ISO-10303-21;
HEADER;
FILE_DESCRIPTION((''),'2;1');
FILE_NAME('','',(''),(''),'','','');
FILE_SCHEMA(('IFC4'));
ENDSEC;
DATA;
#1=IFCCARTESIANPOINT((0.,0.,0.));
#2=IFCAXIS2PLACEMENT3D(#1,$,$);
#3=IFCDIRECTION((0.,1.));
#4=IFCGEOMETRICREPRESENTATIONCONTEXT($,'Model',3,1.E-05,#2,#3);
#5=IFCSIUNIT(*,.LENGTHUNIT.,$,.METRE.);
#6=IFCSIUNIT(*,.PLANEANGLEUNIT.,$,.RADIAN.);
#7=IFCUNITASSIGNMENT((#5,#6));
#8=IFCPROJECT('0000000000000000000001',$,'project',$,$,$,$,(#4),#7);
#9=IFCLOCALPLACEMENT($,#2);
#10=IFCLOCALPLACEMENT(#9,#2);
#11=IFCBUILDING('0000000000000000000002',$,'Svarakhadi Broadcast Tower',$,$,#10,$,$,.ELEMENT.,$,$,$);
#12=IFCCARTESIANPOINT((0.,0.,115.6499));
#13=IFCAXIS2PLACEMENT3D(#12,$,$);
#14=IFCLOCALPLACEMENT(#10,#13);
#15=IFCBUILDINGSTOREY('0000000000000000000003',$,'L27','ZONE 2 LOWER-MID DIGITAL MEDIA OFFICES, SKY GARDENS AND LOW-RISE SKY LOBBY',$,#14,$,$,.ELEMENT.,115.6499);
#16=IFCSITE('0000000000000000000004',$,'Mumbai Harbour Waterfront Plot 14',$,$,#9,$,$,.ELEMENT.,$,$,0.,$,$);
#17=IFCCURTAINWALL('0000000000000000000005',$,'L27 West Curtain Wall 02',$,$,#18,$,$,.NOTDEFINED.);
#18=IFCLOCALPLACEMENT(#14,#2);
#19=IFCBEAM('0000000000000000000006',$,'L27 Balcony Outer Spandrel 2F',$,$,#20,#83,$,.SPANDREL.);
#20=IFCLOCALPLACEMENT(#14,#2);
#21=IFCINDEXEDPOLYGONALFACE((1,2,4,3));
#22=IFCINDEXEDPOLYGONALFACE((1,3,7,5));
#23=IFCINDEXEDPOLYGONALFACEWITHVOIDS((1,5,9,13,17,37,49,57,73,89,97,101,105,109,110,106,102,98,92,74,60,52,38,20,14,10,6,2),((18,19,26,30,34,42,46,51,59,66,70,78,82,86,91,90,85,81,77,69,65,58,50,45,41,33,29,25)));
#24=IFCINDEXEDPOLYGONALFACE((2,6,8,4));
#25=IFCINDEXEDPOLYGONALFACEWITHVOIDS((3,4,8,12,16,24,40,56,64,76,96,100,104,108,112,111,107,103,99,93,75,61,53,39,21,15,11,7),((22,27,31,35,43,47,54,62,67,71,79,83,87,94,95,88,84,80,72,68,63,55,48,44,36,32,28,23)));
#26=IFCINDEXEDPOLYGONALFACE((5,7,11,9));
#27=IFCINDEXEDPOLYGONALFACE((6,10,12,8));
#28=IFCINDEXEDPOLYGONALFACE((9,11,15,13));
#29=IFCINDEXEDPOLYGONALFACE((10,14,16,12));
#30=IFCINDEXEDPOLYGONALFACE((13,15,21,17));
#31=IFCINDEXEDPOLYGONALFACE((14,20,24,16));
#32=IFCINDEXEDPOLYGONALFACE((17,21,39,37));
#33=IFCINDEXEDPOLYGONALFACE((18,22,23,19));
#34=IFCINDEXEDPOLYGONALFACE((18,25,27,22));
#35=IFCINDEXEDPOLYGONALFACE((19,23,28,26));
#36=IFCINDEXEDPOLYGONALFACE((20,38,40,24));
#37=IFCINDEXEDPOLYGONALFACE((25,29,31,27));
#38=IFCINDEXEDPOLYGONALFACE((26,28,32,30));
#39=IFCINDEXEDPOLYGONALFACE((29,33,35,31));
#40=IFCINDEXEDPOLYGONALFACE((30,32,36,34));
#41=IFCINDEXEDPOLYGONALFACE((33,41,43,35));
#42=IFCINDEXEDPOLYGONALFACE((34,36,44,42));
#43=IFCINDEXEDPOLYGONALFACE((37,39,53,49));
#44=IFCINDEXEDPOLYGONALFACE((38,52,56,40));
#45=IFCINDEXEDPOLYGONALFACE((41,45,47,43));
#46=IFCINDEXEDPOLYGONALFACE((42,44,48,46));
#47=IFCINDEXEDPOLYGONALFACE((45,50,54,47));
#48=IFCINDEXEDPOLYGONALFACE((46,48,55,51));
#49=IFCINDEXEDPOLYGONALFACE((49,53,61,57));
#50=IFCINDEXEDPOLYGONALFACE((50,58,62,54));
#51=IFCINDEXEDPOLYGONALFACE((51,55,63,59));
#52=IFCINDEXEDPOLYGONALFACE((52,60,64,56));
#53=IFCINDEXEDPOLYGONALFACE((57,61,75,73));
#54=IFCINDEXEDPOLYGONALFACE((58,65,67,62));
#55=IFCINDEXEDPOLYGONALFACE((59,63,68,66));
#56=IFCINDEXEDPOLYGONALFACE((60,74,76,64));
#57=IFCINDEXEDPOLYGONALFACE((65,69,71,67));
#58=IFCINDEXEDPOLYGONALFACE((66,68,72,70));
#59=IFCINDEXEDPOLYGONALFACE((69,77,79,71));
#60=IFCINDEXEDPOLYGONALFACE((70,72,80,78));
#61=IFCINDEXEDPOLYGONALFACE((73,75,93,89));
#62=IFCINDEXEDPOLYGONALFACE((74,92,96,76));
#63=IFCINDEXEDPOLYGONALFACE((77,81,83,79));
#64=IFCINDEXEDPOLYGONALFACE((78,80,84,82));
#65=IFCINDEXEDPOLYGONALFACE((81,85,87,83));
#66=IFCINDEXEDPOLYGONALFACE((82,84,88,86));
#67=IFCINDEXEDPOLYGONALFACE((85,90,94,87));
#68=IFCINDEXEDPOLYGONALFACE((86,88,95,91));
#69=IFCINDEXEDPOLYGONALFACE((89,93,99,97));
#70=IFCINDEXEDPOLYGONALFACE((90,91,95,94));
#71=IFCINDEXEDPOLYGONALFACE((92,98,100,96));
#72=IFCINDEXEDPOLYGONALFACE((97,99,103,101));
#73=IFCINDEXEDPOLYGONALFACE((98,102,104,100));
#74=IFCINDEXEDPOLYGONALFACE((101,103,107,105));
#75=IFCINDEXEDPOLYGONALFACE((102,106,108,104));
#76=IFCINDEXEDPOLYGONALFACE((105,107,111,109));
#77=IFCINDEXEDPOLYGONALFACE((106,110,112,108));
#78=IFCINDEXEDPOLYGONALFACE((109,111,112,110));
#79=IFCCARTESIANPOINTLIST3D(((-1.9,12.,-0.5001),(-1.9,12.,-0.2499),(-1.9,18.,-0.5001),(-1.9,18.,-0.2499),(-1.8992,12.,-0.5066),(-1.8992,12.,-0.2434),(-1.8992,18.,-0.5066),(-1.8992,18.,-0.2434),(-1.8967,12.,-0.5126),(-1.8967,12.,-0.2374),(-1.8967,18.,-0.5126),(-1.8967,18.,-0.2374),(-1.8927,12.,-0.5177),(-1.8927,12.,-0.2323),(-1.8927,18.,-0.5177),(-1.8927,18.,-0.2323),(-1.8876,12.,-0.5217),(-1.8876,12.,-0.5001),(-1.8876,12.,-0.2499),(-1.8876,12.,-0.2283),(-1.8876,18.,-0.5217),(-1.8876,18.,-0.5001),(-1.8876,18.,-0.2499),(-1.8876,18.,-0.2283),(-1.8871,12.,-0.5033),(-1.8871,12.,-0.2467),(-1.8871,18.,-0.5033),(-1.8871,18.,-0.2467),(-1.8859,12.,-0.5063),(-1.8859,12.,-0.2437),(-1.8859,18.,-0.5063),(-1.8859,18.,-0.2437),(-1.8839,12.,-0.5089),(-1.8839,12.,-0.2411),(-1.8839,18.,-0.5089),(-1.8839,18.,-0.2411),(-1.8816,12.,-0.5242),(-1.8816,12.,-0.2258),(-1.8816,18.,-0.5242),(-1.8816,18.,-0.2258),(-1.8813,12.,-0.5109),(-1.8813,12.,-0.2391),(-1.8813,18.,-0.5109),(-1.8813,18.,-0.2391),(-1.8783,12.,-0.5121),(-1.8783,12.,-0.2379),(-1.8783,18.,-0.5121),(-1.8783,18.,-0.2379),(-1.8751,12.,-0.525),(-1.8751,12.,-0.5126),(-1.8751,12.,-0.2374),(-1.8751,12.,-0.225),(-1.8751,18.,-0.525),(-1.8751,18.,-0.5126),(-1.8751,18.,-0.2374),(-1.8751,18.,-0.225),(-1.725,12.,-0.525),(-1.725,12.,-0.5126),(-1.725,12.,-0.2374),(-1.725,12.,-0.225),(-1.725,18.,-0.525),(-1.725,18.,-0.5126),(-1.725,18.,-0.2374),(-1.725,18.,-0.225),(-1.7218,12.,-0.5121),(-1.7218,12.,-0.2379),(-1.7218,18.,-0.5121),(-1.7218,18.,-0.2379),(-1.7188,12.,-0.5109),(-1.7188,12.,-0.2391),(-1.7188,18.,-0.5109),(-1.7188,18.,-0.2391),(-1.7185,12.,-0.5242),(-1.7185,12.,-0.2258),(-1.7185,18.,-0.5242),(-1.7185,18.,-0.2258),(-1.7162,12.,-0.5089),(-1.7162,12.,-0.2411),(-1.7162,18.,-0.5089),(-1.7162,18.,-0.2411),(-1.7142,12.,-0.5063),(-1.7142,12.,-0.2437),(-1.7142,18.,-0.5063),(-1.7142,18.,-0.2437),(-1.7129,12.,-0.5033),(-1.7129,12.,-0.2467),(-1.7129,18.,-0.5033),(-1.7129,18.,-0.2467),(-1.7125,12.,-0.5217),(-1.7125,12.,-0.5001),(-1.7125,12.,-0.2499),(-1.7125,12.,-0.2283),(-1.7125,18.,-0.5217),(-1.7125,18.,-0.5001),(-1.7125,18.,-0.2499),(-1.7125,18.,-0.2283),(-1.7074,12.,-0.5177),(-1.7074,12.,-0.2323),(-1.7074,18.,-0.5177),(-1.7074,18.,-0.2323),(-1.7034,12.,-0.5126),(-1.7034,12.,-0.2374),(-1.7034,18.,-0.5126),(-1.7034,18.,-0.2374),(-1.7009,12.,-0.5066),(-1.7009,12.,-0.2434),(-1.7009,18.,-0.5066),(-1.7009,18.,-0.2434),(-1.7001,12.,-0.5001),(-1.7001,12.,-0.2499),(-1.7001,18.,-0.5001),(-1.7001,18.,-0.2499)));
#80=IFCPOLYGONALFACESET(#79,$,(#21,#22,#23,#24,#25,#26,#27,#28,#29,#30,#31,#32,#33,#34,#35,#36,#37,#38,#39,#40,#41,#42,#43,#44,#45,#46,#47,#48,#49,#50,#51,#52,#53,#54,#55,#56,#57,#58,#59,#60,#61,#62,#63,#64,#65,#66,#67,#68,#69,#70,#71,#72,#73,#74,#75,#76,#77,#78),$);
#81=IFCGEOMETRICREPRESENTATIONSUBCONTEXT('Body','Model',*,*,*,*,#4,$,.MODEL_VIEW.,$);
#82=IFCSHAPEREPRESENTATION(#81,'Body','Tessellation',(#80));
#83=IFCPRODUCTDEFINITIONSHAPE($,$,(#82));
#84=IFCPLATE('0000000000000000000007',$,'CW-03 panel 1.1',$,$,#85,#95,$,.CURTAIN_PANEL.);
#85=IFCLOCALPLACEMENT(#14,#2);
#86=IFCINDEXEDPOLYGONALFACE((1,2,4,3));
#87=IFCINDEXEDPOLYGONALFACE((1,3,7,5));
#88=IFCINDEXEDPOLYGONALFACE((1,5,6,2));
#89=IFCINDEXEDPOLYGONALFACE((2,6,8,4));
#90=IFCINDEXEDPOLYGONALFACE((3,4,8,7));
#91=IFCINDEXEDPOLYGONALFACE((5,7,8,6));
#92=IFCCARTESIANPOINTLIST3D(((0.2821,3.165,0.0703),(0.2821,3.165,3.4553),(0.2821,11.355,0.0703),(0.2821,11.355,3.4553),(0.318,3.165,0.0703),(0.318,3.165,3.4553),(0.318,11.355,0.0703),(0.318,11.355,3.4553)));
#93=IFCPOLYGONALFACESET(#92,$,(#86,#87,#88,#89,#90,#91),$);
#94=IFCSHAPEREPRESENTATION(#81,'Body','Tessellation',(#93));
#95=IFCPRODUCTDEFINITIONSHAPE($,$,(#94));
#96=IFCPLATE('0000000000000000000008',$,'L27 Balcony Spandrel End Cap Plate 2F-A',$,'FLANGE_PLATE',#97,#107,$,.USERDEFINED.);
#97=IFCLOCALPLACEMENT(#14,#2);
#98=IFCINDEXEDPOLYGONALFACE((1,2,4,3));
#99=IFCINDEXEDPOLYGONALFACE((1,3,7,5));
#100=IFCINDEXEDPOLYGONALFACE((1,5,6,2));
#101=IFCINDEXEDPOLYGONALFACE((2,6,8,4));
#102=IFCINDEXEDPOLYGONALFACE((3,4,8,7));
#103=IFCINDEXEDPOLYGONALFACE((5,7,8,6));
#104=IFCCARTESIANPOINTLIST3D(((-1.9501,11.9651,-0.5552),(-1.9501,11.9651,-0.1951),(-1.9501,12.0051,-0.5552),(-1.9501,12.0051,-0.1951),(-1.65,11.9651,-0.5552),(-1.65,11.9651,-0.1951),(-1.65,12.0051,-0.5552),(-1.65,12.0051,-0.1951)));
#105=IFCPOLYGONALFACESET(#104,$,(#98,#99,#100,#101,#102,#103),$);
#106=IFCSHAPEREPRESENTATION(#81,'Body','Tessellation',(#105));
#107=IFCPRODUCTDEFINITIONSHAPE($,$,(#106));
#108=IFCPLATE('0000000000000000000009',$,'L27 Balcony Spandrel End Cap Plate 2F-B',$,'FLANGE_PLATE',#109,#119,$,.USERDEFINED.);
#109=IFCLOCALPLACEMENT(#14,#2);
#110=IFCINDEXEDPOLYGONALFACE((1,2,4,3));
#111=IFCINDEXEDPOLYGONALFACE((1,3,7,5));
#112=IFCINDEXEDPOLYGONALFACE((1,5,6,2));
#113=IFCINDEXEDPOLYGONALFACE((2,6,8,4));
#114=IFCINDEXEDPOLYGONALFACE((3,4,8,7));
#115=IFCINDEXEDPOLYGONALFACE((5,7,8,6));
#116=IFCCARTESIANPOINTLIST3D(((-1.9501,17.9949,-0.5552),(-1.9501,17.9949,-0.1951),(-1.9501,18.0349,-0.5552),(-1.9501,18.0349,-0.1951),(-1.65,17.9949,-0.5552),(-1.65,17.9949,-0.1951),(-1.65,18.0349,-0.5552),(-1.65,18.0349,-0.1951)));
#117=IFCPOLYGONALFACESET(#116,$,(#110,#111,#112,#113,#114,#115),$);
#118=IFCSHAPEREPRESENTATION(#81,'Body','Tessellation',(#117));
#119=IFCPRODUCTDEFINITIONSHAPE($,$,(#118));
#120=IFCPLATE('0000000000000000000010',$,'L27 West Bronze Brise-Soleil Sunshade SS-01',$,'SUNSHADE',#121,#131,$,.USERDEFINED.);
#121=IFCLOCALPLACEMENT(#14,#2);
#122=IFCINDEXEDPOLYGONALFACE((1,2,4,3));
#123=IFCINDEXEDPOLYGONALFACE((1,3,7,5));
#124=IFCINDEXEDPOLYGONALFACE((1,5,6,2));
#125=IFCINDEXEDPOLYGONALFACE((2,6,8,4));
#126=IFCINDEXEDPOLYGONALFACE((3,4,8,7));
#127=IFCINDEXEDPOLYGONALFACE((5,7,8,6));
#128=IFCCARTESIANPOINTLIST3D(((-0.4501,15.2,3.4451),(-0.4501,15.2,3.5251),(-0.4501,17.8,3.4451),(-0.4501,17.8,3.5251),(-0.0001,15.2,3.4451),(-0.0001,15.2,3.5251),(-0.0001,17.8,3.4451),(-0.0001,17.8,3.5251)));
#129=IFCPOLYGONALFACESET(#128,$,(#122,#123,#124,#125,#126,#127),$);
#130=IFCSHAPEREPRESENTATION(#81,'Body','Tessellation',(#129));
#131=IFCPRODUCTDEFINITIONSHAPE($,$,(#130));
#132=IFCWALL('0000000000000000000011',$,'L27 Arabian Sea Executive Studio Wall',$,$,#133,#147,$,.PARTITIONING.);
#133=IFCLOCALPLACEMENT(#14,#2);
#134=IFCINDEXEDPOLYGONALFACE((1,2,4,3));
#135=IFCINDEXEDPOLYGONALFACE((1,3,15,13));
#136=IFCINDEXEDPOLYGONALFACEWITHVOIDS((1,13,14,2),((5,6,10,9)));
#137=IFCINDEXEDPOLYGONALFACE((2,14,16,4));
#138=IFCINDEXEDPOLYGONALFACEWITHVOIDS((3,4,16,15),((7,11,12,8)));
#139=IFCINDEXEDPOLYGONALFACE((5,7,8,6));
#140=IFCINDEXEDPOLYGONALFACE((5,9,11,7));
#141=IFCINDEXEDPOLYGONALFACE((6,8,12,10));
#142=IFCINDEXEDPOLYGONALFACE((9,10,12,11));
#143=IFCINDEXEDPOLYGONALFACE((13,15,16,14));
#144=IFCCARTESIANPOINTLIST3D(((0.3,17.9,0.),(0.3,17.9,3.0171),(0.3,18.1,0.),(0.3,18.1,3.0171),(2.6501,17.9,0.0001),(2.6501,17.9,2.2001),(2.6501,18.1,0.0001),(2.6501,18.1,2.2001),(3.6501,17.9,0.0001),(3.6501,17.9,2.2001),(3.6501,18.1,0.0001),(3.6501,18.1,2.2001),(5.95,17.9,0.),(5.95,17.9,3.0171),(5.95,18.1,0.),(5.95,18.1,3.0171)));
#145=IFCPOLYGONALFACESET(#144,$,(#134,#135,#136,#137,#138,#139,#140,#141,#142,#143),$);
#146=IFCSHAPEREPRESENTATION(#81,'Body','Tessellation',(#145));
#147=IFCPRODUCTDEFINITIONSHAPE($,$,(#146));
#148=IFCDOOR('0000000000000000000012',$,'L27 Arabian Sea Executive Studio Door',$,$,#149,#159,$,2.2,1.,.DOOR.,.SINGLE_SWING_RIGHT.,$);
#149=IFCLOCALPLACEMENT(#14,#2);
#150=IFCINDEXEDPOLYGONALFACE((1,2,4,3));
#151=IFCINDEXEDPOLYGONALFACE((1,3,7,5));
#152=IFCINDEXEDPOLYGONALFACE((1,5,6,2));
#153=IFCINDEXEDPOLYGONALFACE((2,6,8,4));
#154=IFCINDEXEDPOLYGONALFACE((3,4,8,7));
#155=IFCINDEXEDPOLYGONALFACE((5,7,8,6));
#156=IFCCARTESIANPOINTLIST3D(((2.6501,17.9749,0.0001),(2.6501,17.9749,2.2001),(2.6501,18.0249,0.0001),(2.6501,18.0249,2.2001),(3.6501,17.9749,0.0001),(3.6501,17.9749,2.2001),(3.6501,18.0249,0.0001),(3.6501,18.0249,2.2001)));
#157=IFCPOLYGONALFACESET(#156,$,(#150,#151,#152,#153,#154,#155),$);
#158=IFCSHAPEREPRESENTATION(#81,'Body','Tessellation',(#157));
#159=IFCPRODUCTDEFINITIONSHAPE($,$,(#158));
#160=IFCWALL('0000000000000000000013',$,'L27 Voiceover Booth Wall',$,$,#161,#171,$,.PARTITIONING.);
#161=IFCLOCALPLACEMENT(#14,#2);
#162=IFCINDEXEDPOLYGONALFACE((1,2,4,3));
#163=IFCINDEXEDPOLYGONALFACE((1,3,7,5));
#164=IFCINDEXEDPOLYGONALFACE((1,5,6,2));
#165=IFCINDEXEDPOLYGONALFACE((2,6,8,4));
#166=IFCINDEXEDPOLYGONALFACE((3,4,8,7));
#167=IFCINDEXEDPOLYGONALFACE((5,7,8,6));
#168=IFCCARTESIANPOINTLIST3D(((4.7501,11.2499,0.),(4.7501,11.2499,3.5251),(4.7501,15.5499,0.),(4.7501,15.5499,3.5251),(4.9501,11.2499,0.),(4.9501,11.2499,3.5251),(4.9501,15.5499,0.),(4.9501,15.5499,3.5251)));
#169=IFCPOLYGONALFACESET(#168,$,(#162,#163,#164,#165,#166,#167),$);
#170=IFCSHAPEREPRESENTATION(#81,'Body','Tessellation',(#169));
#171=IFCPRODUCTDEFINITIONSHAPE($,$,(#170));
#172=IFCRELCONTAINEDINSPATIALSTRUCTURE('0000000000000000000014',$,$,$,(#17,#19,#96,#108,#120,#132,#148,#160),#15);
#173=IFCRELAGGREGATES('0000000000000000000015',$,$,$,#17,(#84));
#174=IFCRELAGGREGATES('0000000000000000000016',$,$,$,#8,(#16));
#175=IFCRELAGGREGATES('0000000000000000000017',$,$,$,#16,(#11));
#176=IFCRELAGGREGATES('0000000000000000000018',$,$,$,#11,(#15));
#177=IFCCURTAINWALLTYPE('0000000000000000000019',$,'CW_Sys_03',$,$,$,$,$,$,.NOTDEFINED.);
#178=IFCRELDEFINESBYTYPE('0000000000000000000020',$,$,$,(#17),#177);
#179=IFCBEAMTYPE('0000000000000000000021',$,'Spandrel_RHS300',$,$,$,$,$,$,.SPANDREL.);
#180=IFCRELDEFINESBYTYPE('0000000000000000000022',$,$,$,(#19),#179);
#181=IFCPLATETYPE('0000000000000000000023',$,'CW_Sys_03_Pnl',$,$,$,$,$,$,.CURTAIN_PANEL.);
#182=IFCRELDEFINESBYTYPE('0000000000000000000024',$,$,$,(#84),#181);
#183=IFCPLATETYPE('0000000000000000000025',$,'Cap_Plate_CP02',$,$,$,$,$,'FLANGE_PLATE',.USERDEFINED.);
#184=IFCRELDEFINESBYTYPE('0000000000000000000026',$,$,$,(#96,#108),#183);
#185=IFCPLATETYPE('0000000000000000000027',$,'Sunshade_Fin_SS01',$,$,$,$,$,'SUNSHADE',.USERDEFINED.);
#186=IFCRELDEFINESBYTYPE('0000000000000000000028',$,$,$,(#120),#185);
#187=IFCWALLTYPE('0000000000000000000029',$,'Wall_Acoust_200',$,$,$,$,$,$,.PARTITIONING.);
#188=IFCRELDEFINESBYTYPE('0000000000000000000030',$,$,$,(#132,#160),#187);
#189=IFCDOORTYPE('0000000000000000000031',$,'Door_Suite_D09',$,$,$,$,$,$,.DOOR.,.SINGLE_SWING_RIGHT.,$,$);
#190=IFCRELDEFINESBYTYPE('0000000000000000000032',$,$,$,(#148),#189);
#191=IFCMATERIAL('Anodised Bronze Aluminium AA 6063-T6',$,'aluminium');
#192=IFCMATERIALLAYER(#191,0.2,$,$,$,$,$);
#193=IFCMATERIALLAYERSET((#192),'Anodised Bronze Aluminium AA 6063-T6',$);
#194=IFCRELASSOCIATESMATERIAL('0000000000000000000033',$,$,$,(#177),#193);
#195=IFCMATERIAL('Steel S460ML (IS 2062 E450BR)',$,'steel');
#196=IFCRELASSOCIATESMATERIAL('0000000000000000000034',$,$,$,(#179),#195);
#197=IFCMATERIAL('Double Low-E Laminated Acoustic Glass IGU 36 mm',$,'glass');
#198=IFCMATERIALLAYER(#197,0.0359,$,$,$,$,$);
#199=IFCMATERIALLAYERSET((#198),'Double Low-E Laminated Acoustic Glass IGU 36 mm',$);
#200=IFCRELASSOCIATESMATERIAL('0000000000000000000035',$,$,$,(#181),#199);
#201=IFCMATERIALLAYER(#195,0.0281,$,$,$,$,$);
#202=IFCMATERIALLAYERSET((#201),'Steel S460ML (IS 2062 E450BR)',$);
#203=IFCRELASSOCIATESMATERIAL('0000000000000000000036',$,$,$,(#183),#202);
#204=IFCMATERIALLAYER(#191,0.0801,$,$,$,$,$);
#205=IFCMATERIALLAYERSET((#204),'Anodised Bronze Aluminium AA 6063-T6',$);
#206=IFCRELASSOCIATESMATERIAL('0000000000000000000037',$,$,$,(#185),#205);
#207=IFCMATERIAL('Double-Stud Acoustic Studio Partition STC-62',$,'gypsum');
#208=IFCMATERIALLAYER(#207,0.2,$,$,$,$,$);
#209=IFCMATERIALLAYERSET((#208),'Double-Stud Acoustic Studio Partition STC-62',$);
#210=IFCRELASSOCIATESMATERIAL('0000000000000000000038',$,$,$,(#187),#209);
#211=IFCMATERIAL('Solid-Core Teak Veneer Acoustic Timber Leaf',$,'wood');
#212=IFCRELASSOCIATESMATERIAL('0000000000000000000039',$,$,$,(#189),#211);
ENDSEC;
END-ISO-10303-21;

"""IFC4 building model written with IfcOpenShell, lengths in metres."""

from ifc_helpers import new_model, si_unit, direction, frame, frame_2d, origin, origin_2d, place, context, subcontext, project, spatial, rectangle, hollow_rectangle, extrude, material, layer, layer_set, material_profile, profile_set, type_object, element, fill, aggregate, save


model = new_model("IFC4")

# Units and contexts
model_context = context("Model", 3, precision=1e-05, world=origin(), true_north=direction((0.0, 1.0)))
body_context = subcontext(model_context, "Body", "Model", "MODEL_VIEW")
ifc_project = project(units=[si_unit("LENGTHUNIT", "METRE"), si_unit("PLANEANGLEUNIT", "RADIAN")], contexts=[model_context])

# Site, building, storey
site_placement = place(None, origin())
site = spatial("IfcSite", under=ifc_project, at=site_placement, Name="Mumbai Harbour Waterfront Plot 14", CompositionType="ELEMENT", RefElevation=0.0)
building_placement = place(site_placement, origin())
building = spatial("IfcBuilding", under=site, at=building_placement, Name="Svarakhadi Broadcast Tower", CompositionType="ELEMENT")
storey_placement = place(building_placement, frame((0.0, 0.0, 115.6499)))
storey = spatial("IfcBuildingStorey", under=building, at=storey_placement, Name="L27", Description="ZONE 2 LOWER-MID DIGITAL MEDIA OFFICES, SKY GARDENS AND LOW-RISE SKY LOBBY", CompositionType="ELEMENT", Elevation=115.6499)

# Shared definitions
ifc_material_1 = material(Name="Steel S460ML (IS 2062 E450BR)", Category="steel")

# Curtain wall
ifc_material_2 = material(Name="Anodised Bronze Aluminium AA 6063-T6", Category="aluminium")
ifc_layer_1 = layer(ifc_material_2, 0.2)
ifc_layer_set_1 = layer_set([ifc_layer_1], Name="Anodised Bronze Aluminium AA 6063-T6")
curtain_wall_type = type_object("IfcCurtainWallType", Name="CW_Sys_03", PredefinedType="NOTDEFINED", material=ifc_layer_set_1)
curtain_wall_1_placement = place(storey_placement, origin())
curtain_wall_1 = element("IfcCurtainWall", 1, at=curtain_wall_1_placement, inside=storey, type_object=curtain_wall_type, Name="L27 West Curtain Wall 02", PredefinedType="NOTDEFINED")

# Beam
ifc_material_profile_1 = material_profile(ifc_material_1, hollow_rectangle(XDim=0.2, YDim=0.3, WallThickness=0.0125, InnerFilletRadius=0.0125, OuterFilletRadius=0.0249, at=origin_2d()), Name="RHS 300x200x12.5")
ifc_profile_set_1 = profile_set([ifc_material_profile_1], Name="Steel S460ML (IS 2062 E450BR)")
beam_type_1 = type_object("IfcBeamType", Name="Spandrel_RHS300", PredefinedType="SPANDREL", material=ifc_profile_set_1)
beam_1_placement = place(storey_placement, frame((-1.8, 12.0, -0.375), z_axis=(0.0, 1.0, 0.0), x_axis=(-1.0, 0.0, 0.0)))
element("IfcBeam", 2, at=beam_1_placement, inside=storey, type_object=beam_type_1, Name="L27 Balcony Outer Spandrel 2F", PredefinedType="SPANDREL", context=body_context, shape_type="SweptSolid", body=[
    extrude(hollow_rectangle(XDim=0.2, YDim=0.3, WallThickness=0.0125, InnerFilletRadius=0.0125, OuterFilletRadius=0.0249, at=origin_2d()), origin(), (0.0, 0.0, 1.0), 6.0),
])

# Plate
ifc_material_3 = material(Name="Double Low-E Laminated Acoustic Glass IGU 36 mm", Category="glass")
ifc_layer_2 = layer(ifc_material_3, 0.0359)
ifc_layer_set_2 = layer_set([ifc_layer_2], Name="Double Low-E Laminated Acoustic Glass IGU 36 mm")
plate_type_1 = type_object("IfcPlateType", Name="CW_Sys_03_Pnl", PredefinedType="CURTAIN_PANEL", material=ifc_layer_set_2)
plate_1_placement = place(storey_placement, frame((0.3, 7.26, 0.0703), z_axis=(0.0, 0.0, 1.0), x_axis=(0.0, 1.0, 0.0)))
plate_1 = element("IfcPlate", 3, at=plate_1_placement, type_object=plate_type_1, Name="CW-03 panel 1.1", PredefinedType="CURTAIN_PANEL", context=body_context, shape_type="SweptSolid", body=[
    extrude(rectangle(XDim=8.1899, YDim=0.0359, at=origin_2d()), origin(), (0.0, 0.0, 1.0), 3.385),
])
aggregate(curtain_wall_1, [plate_1])

# Plates
ifc_layer_3 = layer(ifc_material_1, 0.0281)
ifc_layer_set_3 = layer_set([ifc_layer_3], Name="Steel S460ML (IS 2062 E450BR)")
plate_type_2 = type_object("IfcPlateType", Name="Cap_Plate_CP02", ElementType="FLANGE_PLATE", PredefinedType="USERDEFINED", material=ifc_layer_set_3)
for number, where, z_axis, x_axis, name in (
    (4, (-1.8, 11.9851, -0.5552), (0.0, 0.0, 1.0), (1.0, 0.0, 0.0), "L27 Balcony Spandrel End Cap Plate 2F-A"),
    (5, (-1.8, 18.0149, -0.5552), (0.0, 0.0, 1.0), (1.0, 0.0, 0.0), "L27 Balcony Spandrel End Cap Plate 2F-B"),
):
    element("IfcPlate", number, at=place(storey_placement, frame(where, z_axis=z_axis, x_axis=x_axis)), inside=storey, type_object=plate_type_2, Name=name, ObjectType="FLANGE_PLATE", PredefinedType="USERDEFINED", context=body_context, shape_type="SweptSolid", body=[
        extrude(rectangle(XDim=0.3, YDim=0.04, at=origin_2d()), origin(), (0.0, 0.0, 1.0), 0.3601),
    ])
ifc_layer_4 = layer(ifc_material_2, 0.0801)
ifc_layer_set_4 = layer_set([ifc_layer_4], Name="Anodised Bronze Aluminium AA 6063-T6")
plate_type_3 = type_object("IfcPlateType", Name="Sunshade_Fin_SS01", ElementType="SUNSHADE", PredefinedType="USERDEFINED", material=ifc_layer_set_4)
plate_2_placement = place(storey_placement, frame((-0.2251, 16.5, 3.4451), z_axis=(0.0, 0.0, 1.0), x_axis=(0.0, 1.0, 0.0)))
element("IfcPlate", 6, at=plate_2_placement, inside=storey, type_object=plate_type_3, Name="L27 West Bronze Brise-Soleil Sunshade SS-01", ObjectType="SUNSHADE", PredefinedType="USERDEFINED", context=body_context, shape_type="SweptSolid", body=[
    extrude(rectangle(XDim=2.6001, YDim=0.45, at=origin_2d()), origin(), (0.0, 0.0, 1.0), 0.0801),
])

# Wall, opening, door
ifc_material_4 = material(Name="Double-Stud Acoustic Studio Partition STC-62", Category="gypsum")
ifc_layer_5 = layer(ifc_material_4, 0.2)
ifc_layer_set_5 = layer_set([ifc_layer_5], Name="Double-Stud Acoustic Studio Partition STC-62")
wall_type_1 = type_object("IfcWallType", Name="Wall_Acoust_200", PredefinedType="PARTITIONING", material=ifc_layer_set_5)
wall_1_placement = place(storey_placement, frame((0.3, 18.0, 0.0), z_axis=(0.0, 0.0, 1.0), x_axis=(1.0, 0.0, 0.0)))
wall_1 = element("IfcWall", 7, at=wall_1_placement, inside=storey, type_object=wall_type_1, Name="L27 Arabian Sea Executive Studio Wall", PredefinedType="PARTITIONING", context=body_context, shape_type="SweptSolid", body=[
    extrude(rectangle(XDim=5.6499, YDim=0.2, at=frame_2d((2.825, 0.0))), origin(), (0.0, 0.0, 1.0), 3.0171),
])
opening_1_placement = place(wall_1_placement, frame((2.3501, 0.0, 0.0)))
opening_1 = element("IfcOpeningElement", 8, at=opening_1_placement, cuts=wall_1, PredefinedType="OPENING", context=body_context, shape_type="SweptSolid", body=[
    extrude(rectangle(XDim=1.0, YDim=2.2, at=frame_2d((0.5, 1.1001))), frame((0.0, 0.1099, 0.0), z_axis=(0.0, -1.0, 0.0), x_axis=(1.0, 0.0, 0.0)), (0.0, 0.0, 1.0), 0.22),
])
ifc_material_5 = material(Name="Solid-Core Teak Veneer Acoustic Timber Leaf", Category="wood")
door_type_1 = type_object("IfcDoorType", Name="Door_Suite_D09", OperationType="SINGLE_SWING_RIGHT", PredefinedType="DOOR", material=ifc_material_5)
door_1_placement = place(opening_1_placement, origin())
door_1 = element("IfcDoor", 9, at=door_1_placement, inside=storey, type_object=door_type_1, Name="L27 Arabian Sea Executive Studio Door", OperationType="SINGLE_SWING_RIGHT", OverallHeight=2.2, OverallWidth=1.0, PredefinedType="DOOR", context=body_context, shape_type="SweptSolid", body=[
    extrude(rectangle(XDim=1.0, YDim=2.2, at=frame_2d((0.5, 1.1001))), frame((0.0, 0.0249, 0.0), z_axis=(0.0, -1.0, 0.0), x_axis=(1.0, 0.0, 0.0)), (0.0, 0.0, 1.0), 0.05),
])
fill(opening_1, door_1)

# Wall
wall_2_placement = place(storey_placement, frame((4.8501, 11.25, 0.0), z_axis=(0.0, 0.0, 1.0), x_axis=(0.0, 1.0, 0.0)))
element("IfcWall", 10, at=wall_2_placement, inside=storey, type_object=wall_type_1, Name="L27 Voiceover Booth Wall", PredefinedType="PARTITIONING", context=body_context, shape_type="SweptSolid", body=[
    extrude(rectangle(XDim=4.3, YDim=0.2, at=frame_2d((2.1499, 0.0))), origin(), (0.0, 0.0, 1.0), 3.5251),
])

save(model, "model.ifc")
